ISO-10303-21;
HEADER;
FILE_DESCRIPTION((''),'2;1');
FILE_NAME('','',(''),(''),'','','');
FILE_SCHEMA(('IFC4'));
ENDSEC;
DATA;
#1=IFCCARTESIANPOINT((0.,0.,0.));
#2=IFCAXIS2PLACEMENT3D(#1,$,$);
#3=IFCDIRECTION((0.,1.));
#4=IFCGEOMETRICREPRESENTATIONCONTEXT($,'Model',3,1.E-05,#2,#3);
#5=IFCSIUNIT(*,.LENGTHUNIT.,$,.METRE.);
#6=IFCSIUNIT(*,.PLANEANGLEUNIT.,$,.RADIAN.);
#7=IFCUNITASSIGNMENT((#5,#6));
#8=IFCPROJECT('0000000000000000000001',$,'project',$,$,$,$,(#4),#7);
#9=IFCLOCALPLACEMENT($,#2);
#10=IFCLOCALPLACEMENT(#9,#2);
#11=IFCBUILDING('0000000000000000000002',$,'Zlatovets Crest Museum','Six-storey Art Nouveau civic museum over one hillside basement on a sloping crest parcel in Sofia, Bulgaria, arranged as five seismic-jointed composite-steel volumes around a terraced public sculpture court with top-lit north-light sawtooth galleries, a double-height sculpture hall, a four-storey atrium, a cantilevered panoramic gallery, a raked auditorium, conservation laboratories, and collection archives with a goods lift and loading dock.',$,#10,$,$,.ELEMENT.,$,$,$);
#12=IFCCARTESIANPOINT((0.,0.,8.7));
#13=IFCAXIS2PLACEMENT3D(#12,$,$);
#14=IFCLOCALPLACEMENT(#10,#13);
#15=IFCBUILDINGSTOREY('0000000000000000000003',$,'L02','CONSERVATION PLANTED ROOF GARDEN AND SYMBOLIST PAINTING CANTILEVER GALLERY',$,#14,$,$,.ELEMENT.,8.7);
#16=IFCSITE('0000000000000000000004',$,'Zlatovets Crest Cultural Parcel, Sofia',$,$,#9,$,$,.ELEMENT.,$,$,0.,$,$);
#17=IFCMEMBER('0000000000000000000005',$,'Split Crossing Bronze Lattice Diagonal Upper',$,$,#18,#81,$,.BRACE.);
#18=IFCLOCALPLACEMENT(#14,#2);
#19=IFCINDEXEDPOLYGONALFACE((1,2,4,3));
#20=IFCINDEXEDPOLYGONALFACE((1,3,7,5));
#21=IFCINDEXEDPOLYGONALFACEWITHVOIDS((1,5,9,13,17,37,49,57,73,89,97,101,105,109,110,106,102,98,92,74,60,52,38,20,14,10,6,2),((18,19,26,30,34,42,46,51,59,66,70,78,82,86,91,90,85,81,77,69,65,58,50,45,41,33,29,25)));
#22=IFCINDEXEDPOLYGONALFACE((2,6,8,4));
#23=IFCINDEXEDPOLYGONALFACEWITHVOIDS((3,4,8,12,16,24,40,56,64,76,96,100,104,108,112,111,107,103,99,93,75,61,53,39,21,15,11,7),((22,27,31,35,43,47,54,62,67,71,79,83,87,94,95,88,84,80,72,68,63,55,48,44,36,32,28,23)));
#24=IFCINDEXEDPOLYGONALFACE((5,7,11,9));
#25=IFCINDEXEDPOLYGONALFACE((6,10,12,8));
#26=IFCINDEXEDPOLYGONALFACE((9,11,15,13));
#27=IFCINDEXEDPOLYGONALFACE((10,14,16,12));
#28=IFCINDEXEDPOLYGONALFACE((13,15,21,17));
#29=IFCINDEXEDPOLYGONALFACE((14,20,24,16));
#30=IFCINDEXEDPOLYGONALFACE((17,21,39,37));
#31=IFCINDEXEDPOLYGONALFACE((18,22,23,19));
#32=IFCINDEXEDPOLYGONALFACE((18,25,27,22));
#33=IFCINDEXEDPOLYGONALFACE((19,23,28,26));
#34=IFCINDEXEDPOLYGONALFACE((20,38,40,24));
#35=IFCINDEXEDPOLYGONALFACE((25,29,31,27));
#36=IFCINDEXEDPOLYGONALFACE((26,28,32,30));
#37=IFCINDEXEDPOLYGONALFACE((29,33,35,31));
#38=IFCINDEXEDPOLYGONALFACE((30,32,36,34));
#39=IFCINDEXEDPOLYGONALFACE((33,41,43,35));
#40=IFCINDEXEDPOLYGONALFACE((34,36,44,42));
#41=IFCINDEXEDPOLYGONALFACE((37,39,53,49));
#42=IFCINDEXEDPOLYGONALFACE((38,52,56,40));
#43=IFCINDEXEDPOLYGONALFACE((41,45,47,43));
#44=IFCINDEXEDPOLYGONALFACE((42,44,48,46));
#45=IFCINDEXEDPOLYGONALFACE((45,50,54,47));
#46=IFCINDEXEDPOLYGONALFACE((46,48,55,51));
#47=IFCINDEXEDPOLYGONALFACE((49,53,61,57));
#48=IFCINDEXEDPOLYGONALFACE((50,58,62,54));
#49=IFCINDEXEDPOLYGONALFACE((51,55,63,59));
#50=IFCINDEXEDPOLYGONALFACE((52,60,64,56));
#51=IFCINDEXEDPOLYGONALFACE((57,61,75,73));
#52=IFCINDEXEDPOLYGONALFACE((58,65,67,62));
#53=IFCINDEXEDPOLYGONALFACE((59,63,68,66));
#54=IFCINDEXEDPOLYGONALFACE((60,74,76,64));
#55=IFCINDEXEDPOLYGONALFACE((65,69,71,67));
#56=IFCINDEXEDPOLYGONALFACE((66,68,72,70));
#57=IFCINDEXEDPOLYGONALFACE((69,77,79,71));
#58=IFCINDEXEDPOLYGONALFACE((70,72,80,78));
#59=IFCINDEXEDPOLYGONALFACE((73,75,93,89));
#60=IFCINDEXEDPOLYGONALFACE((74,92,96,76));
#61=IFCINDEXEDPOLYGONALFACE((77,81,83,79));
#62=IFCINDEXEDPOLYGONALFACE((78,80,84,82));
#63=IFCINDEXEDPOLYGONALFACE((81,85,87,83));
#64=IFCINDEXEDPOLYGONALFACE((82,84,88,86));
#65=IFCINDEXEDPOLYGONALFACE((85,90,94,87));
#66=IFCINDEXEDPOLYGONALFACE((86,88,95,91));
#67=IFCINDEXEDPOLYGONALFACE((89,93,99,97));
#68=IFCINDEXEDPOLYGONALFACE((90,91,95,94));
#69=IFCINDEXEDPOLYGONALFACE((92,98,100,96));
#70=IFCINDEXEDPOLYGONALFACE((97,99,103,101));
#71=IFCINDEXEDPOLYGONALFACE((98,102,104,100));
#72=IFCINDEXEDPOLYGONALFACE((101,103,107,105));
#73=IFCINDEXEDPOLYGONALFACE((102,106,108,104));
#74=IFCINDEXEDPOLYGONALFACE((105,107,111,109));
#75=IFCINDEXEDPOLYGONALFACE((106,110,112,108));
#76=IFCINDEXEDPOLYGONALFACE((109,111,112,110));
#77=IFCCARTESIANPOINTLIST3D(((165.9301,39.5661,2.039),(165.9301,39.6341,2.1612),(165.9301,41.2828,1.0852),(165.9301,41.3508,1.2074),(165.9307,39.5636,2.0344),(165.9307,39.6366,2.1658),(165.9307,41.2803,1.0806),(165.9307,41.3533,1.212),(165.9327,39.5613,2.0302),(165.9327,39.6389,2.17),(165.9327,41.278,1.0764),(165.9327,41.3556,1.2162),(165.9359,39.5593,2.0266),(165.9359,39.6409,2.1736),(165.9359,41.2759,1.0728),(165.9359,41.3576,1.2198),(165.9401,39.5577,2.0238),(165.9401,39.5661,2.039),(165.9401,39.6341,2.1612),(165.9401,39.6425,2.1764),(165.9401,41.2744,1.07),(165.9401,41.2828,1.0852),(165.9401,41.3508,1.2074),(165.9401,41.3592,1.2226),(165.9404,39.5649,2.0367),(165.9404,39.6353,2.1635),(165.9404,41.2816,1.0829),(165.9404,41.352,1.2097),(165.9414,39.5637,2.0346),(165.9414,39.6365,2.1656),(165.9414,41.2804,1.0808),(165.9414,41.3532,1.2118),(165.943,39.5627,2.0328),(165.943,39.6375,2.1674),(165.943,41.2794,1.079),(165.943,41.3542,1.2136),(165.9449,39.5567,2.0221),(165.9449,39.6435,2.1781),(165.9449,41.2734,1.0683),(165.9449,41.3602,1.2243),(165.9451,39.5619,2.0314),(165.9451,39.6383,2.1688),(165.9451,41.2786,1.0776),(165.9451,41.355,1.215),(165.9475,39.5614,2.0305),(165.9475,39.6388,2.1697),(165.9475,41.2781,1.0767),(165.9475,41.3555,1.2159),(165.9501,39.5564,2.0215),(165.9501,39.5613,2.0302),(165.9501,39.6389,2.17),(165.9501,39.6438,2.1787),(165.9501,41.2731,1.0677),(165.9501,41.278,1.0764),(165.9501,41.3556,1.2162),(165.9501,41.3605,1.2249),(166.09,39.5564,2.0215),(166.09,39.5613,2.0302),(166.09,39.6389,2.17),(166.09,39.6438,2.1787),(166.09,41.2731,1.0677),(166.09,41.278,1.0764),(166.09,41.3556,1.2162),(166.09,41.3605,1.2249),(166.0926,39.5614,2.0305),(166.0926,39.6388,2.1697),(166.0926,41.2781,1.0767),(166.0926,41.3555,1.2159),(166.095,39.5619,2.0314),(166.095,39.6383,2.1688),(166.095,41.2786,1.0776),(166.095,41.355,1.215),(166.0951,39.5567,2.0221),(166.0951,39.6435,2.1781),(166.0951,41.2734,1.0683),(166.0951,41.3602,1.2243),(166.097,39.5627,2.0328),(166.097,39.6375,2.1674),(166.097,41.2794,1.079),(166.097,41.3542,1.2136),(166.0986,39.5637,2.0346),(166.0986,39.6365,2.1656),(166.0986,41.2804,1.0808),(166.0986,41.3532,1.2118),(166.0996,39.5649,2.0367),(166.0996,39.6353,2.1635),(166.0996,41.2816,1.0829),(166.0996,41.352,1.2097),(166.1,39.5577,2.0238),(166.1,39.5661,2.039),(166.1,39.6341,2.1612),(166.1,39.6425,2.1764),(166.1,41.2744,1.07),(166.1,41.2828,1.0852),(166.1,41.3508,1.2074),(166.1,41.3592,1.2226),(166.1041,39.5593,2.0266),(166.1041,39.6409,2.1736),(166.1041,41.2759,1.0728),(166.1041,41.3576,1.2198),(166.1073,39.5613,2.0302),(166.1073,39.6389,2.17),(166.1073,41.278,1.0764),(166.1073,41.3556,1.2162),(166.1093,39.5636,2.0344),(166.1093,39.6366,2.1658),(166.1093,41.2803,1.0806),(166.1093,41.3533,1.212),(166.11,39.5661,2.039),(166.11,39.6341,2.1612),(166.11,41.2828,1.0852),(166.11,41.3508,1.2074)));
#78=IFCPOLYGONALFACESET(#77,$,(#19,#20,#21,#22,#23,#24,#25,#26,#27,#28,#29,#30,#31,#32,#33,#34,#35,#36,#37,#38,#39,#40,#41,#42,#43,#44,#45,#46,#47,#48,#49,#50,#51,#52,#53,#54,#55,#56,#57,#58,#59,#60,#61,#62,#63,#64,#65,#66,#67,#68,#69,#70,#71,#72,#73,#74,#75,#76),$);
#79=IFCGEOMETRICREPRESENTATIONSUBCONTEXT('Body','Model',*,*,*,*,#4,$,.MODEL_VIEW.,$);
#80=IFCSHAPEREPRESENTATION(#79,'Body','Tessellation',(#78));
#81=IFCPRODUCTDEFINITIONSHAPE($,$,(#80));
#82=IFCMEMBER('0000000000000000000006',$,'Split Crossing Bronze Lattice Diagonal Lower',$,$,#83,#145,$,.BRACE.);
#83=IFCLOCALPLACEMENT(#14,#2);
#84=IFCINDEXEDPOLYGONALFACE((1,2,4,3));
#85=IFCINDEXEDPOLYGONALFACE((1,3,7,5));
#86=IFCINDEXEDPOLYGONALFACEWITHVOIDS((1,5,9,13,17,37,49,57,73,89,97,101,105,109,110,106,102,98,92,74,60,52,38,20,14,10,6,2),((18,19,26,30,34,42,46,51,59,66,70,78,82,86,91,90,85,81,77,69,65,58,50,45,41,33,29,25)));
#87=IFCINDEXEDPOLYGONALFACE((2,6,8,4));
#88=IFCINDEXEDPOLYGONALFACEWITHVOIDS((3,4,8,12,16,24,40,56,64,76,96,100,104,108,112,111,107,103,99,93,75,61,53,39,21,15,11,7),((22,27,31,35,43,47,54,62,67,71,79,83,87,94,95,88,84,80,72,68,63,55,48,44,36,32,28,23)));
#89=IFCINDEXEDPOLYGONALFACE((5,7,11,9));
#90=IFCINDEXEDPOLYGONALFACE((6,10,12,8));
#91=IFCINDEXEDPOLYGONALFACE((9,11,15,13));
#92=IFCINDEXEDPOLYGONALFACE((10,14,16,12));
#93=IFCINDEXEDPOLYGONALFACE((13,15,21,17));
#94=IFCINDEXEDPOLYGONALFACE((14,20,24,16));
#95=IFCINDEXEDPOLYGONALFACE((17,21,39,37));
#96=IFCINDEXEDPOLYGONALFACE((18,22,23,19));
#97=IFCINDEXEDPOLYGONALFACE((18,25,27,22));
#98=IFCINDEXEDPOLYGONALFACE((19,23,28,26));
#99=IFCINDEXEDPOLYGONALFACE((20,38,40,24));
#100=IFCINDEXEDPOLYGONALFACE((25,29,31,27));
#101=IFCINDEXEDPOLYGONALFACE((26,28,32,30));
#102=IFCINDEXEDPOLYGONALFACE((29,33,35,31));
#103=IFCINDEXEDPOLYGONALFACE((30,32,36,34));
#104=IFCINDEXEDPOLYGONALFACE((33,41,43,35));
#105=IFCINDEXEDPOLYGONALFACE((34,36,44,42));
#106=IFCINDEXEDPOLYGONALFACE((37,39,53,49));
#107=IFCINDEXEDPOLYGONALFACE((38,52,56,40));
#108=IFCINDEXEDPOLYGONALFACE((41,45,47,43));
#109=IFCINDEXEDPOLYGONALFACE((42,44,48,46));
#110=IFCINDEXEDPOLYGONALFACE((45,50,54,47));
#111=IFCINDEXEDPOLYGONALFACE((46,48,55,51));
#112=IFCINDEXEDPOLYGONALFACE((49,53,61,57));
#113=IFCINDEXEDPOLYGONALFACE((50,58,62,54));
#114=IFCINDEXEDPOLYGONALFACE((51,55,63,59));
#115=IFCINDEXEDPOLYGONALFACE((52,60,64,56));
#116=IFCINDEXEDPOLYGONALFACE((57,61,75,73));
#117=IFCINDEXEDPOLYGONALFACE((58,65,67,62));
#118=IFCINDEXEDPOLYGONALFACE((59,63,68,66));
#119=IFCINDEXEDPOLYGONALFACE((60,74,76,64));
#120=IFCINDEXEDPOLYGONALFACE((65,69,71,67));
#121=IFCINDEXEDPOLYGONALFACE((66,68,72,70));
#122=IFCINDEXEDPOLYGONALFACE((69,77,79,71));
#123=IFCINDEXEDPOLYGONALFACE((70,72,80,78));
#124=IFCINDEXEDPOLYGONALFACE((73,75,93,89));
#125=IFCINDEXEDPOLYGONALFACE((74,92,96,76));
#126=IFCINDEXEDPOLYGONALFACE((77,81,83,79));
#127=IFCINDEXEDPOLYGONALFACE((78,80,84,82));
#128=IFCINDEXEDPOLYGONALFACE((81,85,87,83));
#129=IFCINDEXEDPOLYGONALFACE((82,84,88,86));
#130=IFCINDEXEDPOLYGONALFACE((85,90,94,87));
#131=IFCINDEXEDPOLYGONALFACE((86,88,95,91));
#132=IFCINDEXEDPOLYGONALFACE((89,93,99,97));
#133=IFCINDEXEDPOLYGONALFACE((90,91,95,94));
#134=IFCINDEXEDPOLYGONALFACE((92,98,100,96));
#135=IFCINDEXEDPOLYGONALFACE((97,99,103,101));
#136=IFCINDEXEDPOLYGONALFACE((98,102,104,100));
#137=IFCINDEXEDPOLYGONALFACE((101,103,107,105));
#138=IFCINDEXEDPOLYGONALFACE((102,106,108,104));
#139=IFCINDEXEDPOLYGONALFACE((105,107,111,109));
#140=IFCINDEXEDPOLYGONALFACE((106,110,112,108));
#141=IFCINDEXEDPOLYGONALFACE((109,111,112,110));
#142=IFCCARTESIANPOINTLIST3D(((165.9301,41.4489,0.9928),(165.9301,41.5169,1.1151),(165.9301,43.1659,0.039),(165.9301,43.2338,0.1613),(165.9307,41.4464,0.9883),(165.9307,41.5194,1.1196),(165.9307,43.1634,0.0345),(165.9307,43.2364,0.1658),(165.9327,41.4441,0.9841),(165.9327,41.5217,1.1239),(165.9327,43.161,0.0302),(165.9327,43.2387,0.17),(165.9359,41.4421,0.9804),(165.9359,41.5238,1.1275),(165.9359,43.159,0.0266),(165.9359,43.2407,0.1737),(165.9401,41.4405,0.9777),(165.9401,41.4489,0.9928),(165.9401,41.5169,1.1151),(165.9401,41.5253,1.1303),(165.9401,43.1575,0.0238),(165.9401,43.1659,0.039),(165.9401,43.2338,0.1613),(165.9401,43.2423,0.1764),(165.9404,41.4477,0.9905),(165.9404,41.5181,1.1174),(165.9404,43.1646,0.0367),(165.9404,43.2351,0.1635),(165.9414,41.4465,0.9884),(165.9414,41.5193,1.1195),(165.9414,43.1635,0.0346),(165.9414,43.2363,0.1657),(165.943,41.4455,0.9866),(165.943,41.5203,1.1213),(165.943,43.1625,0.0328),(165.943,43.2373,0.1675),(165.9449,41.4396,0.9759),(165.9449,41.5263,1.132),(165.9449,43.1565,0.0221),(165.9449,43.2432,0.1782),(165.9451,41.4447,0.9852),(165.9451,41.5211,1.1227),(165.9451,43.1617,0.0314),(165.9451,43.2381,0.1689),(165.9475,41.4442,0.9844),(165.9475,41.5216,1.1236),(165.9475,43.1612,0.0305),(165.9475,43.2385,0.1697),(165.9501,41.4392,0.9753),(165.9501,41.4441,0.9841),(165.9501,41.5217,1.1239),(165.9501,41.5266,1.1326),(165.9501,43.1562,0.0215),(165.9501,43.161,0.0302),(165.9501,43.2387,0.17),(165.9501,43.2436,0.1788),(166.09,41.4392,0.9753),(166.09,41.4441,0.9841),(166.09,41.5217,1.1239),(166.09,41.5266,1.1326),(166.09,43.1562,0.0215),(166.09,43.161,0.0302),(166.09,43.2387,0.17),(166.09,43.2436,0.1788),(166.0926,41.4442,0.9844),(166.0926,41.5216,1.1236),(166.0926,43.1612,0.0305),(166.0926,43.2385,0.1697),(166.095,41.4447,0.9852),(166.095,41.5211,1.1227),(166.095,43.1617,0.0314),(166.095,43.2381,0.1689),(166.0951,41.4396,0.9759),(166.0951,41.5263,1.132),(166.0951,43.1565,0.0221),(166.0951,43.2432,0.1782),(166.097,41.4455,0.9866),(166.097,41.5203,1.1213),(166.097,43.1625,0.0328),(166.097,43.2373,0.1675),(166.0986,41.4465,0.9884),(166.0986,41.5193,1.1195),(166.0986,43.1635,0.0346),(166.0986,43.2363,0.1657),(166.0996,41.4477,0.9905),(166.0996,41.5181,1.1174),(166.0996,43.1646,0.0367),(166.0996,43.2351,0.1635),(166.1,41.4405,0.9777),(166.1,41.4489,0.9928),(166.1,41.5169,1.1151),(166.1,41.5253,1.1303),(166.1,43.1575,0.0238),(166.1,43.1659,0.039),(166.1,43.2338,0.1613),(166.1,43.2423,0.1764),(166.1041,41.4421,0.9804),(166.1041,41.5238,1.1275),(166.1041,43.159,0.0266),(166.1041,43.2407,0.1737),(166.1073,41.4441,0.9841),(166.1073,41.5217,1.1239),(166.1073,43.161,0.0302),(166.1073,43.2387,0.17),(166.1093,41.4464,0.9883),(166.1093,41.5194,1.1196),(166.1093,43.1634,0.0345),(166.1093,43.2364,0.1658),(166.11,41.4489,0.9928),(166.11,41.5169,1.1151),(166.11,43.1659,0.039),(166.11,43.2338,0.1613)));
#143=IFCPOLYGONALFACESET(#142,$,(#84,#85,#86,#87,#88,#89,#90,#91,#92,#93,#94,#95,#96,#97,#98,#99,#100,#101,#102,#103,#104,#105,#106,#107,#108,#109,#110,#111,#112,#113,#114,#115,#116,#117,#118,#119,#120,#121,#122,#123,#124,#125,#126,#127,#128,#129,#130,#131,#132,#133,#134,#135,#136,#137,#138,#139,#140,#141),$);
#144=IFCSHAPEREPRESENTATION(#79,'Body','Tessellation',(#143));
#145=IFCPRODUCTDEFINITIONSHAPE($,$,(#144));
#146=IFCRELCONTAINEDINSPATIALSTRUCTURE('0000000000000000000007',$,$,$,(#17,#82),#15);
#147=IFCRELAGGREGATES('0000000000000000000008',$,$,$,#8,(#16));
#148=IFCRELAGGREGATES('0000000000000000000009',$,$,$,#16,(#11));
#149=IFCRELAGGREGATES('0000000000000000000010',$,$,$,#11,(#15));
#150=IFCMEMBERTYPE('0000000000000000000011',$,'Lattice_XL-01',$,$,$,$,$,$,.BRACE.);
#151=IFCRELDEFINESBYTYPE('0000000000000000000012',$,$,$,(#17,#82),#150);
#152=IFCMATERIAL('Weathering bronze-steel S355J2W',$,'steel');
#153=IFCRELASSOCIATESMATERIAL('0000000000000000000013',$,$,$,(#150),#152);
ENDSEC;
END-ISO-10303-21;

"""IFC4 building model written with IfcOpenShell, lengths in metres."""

from ifc_helpers import new_model, si_unit, direction, frame, origin, origin_2d, place, context, subcontext, project, spatial, hollow_rectangle, extrude, material, material_profile, profile_set, type_object, element, save


model = new_model("IFC4")

# Units and contexts
model_context = context("Model", 3, precision=1e-05, world=origin(), true_north=direction((0.0, 1.0)))
body_context = subcontext(model_context, "Body", "Model", "MODEL_VIEW")
ifc_project = project(units=[si_unit("LENGTHUNIT", "METRE"), si_unit("PLANEANGLEUNIT", "RADIAN")], contexts=[model_context])

# Site, building, storey
site_placement = place(None, origin())
site = spatial("IfcSite", under=ifc_project, at=site_placement, Name="Zlatovets Crest Cultural Parcel, Sofia", CompositionType="ELEMENT", RefElevation=0.0)
building_placement = place(site_placement, origin())
building = spatial("IfcBuilding", under=site, at=building_placement, Name="Zlatovets Crest Museum", Description="Six-storey Art Nouveau civic museum over one hillside basement on a sloping crest parcel in Sofia, Bulgaria, arranged as five seismic-jointed composite-steel volumes around a terraced public sculpture court with top-lit north-light sawtooth galleries, a double-height sculpture hall, a four-storey atrium, a cantilevered panoramic gallery, a raked auditorium, conservation laboratories, and collection archives with a goods lift and loading dock.", CompositionType="ELEMENT")
storey_placement = place(building_placement, frame((0.0, 0.0, 8.7)))
storey = spatial("IfcBuildingStorey", under=building, at=storey_placement, Name="L02", Description="CONSERVATION PLANTED ROOF GARDEN AND SYMBOLIST PAINTING CANTILEVER GALLERY", CompositionType="ELEMENT", Elevation=8.7)

# Members
ifc_material_1 = material(Name="Weathering bronze-steel S355J2W", Category="steel")
ifc_material_profile_1 = material_profile(ifc_material_1, hollow_rectangle(XDim=0.1799, YDim=0.1799, WallThickness=0.01, InnerFilletRadius=0.01, OuterFilletRadius=0.02, at=origin_2d()), Name="SHS 180x180x10.0")
ifc_profile_set_1 = profile_set([ifc_material_profile_1], Name="Weathering bronze-steel S355J2W")
member_type_1 = type_object("IfcMemberType", Name="Lattice_XL-01", PredefinedType="BRACE", material=ifc_profile_set_1)
member_1_placement = place(storey_placement, frame((166.02, 39.6001, 2.1001), z_axis=(0.0, 0.87414, -0.485675), x_axis=(-1.0, 0.0, 0.0)))
element("IfcMember", 1, at=member_1_placement, inside=storey, type_object=member_type_1, Name="Split Crossing Bronze Lattice Diagonal Upper", PredefinedType="BRACE", context=body_context, shape_type="SweptSolid", body=[
    extrude(hollow_rectangle(XDim=0.1799, YDim=0.1799, WallThickness=0.01, InnerFilletRadius=0.01, OuterFilletRadius=0.02, at=origin_2d()), origin(), (0.0, 0.0, 1.0), 1.9639),
])
member_2_placement = place(storey_placement, frame((166.02, 41.4829, 1.054), z_axis=(0.0, 0.874169, -0.485622), x_axis=(-1.0, 0.0, 0.0)))
element("IfcMember", 2, at=member_2_placement, inside=storey, type_object=member_type_1, Name="Split Crossing Bronze Lattice Diagonal Lower", PredefinedType="BRACE", context=body_context, shape_type="SweptSolid", body=[
    extrude(hollow_rectangle(XDim=0.1799, YDim=0.1799, WallThickness=0.01, InnerFilletRadius=0.01, OuterFilletRadius=0.02, at=origin_2d()), origin(), (0.0, 0.0, 1.0), 1.9641),
])

save(model, "model.ifc")
